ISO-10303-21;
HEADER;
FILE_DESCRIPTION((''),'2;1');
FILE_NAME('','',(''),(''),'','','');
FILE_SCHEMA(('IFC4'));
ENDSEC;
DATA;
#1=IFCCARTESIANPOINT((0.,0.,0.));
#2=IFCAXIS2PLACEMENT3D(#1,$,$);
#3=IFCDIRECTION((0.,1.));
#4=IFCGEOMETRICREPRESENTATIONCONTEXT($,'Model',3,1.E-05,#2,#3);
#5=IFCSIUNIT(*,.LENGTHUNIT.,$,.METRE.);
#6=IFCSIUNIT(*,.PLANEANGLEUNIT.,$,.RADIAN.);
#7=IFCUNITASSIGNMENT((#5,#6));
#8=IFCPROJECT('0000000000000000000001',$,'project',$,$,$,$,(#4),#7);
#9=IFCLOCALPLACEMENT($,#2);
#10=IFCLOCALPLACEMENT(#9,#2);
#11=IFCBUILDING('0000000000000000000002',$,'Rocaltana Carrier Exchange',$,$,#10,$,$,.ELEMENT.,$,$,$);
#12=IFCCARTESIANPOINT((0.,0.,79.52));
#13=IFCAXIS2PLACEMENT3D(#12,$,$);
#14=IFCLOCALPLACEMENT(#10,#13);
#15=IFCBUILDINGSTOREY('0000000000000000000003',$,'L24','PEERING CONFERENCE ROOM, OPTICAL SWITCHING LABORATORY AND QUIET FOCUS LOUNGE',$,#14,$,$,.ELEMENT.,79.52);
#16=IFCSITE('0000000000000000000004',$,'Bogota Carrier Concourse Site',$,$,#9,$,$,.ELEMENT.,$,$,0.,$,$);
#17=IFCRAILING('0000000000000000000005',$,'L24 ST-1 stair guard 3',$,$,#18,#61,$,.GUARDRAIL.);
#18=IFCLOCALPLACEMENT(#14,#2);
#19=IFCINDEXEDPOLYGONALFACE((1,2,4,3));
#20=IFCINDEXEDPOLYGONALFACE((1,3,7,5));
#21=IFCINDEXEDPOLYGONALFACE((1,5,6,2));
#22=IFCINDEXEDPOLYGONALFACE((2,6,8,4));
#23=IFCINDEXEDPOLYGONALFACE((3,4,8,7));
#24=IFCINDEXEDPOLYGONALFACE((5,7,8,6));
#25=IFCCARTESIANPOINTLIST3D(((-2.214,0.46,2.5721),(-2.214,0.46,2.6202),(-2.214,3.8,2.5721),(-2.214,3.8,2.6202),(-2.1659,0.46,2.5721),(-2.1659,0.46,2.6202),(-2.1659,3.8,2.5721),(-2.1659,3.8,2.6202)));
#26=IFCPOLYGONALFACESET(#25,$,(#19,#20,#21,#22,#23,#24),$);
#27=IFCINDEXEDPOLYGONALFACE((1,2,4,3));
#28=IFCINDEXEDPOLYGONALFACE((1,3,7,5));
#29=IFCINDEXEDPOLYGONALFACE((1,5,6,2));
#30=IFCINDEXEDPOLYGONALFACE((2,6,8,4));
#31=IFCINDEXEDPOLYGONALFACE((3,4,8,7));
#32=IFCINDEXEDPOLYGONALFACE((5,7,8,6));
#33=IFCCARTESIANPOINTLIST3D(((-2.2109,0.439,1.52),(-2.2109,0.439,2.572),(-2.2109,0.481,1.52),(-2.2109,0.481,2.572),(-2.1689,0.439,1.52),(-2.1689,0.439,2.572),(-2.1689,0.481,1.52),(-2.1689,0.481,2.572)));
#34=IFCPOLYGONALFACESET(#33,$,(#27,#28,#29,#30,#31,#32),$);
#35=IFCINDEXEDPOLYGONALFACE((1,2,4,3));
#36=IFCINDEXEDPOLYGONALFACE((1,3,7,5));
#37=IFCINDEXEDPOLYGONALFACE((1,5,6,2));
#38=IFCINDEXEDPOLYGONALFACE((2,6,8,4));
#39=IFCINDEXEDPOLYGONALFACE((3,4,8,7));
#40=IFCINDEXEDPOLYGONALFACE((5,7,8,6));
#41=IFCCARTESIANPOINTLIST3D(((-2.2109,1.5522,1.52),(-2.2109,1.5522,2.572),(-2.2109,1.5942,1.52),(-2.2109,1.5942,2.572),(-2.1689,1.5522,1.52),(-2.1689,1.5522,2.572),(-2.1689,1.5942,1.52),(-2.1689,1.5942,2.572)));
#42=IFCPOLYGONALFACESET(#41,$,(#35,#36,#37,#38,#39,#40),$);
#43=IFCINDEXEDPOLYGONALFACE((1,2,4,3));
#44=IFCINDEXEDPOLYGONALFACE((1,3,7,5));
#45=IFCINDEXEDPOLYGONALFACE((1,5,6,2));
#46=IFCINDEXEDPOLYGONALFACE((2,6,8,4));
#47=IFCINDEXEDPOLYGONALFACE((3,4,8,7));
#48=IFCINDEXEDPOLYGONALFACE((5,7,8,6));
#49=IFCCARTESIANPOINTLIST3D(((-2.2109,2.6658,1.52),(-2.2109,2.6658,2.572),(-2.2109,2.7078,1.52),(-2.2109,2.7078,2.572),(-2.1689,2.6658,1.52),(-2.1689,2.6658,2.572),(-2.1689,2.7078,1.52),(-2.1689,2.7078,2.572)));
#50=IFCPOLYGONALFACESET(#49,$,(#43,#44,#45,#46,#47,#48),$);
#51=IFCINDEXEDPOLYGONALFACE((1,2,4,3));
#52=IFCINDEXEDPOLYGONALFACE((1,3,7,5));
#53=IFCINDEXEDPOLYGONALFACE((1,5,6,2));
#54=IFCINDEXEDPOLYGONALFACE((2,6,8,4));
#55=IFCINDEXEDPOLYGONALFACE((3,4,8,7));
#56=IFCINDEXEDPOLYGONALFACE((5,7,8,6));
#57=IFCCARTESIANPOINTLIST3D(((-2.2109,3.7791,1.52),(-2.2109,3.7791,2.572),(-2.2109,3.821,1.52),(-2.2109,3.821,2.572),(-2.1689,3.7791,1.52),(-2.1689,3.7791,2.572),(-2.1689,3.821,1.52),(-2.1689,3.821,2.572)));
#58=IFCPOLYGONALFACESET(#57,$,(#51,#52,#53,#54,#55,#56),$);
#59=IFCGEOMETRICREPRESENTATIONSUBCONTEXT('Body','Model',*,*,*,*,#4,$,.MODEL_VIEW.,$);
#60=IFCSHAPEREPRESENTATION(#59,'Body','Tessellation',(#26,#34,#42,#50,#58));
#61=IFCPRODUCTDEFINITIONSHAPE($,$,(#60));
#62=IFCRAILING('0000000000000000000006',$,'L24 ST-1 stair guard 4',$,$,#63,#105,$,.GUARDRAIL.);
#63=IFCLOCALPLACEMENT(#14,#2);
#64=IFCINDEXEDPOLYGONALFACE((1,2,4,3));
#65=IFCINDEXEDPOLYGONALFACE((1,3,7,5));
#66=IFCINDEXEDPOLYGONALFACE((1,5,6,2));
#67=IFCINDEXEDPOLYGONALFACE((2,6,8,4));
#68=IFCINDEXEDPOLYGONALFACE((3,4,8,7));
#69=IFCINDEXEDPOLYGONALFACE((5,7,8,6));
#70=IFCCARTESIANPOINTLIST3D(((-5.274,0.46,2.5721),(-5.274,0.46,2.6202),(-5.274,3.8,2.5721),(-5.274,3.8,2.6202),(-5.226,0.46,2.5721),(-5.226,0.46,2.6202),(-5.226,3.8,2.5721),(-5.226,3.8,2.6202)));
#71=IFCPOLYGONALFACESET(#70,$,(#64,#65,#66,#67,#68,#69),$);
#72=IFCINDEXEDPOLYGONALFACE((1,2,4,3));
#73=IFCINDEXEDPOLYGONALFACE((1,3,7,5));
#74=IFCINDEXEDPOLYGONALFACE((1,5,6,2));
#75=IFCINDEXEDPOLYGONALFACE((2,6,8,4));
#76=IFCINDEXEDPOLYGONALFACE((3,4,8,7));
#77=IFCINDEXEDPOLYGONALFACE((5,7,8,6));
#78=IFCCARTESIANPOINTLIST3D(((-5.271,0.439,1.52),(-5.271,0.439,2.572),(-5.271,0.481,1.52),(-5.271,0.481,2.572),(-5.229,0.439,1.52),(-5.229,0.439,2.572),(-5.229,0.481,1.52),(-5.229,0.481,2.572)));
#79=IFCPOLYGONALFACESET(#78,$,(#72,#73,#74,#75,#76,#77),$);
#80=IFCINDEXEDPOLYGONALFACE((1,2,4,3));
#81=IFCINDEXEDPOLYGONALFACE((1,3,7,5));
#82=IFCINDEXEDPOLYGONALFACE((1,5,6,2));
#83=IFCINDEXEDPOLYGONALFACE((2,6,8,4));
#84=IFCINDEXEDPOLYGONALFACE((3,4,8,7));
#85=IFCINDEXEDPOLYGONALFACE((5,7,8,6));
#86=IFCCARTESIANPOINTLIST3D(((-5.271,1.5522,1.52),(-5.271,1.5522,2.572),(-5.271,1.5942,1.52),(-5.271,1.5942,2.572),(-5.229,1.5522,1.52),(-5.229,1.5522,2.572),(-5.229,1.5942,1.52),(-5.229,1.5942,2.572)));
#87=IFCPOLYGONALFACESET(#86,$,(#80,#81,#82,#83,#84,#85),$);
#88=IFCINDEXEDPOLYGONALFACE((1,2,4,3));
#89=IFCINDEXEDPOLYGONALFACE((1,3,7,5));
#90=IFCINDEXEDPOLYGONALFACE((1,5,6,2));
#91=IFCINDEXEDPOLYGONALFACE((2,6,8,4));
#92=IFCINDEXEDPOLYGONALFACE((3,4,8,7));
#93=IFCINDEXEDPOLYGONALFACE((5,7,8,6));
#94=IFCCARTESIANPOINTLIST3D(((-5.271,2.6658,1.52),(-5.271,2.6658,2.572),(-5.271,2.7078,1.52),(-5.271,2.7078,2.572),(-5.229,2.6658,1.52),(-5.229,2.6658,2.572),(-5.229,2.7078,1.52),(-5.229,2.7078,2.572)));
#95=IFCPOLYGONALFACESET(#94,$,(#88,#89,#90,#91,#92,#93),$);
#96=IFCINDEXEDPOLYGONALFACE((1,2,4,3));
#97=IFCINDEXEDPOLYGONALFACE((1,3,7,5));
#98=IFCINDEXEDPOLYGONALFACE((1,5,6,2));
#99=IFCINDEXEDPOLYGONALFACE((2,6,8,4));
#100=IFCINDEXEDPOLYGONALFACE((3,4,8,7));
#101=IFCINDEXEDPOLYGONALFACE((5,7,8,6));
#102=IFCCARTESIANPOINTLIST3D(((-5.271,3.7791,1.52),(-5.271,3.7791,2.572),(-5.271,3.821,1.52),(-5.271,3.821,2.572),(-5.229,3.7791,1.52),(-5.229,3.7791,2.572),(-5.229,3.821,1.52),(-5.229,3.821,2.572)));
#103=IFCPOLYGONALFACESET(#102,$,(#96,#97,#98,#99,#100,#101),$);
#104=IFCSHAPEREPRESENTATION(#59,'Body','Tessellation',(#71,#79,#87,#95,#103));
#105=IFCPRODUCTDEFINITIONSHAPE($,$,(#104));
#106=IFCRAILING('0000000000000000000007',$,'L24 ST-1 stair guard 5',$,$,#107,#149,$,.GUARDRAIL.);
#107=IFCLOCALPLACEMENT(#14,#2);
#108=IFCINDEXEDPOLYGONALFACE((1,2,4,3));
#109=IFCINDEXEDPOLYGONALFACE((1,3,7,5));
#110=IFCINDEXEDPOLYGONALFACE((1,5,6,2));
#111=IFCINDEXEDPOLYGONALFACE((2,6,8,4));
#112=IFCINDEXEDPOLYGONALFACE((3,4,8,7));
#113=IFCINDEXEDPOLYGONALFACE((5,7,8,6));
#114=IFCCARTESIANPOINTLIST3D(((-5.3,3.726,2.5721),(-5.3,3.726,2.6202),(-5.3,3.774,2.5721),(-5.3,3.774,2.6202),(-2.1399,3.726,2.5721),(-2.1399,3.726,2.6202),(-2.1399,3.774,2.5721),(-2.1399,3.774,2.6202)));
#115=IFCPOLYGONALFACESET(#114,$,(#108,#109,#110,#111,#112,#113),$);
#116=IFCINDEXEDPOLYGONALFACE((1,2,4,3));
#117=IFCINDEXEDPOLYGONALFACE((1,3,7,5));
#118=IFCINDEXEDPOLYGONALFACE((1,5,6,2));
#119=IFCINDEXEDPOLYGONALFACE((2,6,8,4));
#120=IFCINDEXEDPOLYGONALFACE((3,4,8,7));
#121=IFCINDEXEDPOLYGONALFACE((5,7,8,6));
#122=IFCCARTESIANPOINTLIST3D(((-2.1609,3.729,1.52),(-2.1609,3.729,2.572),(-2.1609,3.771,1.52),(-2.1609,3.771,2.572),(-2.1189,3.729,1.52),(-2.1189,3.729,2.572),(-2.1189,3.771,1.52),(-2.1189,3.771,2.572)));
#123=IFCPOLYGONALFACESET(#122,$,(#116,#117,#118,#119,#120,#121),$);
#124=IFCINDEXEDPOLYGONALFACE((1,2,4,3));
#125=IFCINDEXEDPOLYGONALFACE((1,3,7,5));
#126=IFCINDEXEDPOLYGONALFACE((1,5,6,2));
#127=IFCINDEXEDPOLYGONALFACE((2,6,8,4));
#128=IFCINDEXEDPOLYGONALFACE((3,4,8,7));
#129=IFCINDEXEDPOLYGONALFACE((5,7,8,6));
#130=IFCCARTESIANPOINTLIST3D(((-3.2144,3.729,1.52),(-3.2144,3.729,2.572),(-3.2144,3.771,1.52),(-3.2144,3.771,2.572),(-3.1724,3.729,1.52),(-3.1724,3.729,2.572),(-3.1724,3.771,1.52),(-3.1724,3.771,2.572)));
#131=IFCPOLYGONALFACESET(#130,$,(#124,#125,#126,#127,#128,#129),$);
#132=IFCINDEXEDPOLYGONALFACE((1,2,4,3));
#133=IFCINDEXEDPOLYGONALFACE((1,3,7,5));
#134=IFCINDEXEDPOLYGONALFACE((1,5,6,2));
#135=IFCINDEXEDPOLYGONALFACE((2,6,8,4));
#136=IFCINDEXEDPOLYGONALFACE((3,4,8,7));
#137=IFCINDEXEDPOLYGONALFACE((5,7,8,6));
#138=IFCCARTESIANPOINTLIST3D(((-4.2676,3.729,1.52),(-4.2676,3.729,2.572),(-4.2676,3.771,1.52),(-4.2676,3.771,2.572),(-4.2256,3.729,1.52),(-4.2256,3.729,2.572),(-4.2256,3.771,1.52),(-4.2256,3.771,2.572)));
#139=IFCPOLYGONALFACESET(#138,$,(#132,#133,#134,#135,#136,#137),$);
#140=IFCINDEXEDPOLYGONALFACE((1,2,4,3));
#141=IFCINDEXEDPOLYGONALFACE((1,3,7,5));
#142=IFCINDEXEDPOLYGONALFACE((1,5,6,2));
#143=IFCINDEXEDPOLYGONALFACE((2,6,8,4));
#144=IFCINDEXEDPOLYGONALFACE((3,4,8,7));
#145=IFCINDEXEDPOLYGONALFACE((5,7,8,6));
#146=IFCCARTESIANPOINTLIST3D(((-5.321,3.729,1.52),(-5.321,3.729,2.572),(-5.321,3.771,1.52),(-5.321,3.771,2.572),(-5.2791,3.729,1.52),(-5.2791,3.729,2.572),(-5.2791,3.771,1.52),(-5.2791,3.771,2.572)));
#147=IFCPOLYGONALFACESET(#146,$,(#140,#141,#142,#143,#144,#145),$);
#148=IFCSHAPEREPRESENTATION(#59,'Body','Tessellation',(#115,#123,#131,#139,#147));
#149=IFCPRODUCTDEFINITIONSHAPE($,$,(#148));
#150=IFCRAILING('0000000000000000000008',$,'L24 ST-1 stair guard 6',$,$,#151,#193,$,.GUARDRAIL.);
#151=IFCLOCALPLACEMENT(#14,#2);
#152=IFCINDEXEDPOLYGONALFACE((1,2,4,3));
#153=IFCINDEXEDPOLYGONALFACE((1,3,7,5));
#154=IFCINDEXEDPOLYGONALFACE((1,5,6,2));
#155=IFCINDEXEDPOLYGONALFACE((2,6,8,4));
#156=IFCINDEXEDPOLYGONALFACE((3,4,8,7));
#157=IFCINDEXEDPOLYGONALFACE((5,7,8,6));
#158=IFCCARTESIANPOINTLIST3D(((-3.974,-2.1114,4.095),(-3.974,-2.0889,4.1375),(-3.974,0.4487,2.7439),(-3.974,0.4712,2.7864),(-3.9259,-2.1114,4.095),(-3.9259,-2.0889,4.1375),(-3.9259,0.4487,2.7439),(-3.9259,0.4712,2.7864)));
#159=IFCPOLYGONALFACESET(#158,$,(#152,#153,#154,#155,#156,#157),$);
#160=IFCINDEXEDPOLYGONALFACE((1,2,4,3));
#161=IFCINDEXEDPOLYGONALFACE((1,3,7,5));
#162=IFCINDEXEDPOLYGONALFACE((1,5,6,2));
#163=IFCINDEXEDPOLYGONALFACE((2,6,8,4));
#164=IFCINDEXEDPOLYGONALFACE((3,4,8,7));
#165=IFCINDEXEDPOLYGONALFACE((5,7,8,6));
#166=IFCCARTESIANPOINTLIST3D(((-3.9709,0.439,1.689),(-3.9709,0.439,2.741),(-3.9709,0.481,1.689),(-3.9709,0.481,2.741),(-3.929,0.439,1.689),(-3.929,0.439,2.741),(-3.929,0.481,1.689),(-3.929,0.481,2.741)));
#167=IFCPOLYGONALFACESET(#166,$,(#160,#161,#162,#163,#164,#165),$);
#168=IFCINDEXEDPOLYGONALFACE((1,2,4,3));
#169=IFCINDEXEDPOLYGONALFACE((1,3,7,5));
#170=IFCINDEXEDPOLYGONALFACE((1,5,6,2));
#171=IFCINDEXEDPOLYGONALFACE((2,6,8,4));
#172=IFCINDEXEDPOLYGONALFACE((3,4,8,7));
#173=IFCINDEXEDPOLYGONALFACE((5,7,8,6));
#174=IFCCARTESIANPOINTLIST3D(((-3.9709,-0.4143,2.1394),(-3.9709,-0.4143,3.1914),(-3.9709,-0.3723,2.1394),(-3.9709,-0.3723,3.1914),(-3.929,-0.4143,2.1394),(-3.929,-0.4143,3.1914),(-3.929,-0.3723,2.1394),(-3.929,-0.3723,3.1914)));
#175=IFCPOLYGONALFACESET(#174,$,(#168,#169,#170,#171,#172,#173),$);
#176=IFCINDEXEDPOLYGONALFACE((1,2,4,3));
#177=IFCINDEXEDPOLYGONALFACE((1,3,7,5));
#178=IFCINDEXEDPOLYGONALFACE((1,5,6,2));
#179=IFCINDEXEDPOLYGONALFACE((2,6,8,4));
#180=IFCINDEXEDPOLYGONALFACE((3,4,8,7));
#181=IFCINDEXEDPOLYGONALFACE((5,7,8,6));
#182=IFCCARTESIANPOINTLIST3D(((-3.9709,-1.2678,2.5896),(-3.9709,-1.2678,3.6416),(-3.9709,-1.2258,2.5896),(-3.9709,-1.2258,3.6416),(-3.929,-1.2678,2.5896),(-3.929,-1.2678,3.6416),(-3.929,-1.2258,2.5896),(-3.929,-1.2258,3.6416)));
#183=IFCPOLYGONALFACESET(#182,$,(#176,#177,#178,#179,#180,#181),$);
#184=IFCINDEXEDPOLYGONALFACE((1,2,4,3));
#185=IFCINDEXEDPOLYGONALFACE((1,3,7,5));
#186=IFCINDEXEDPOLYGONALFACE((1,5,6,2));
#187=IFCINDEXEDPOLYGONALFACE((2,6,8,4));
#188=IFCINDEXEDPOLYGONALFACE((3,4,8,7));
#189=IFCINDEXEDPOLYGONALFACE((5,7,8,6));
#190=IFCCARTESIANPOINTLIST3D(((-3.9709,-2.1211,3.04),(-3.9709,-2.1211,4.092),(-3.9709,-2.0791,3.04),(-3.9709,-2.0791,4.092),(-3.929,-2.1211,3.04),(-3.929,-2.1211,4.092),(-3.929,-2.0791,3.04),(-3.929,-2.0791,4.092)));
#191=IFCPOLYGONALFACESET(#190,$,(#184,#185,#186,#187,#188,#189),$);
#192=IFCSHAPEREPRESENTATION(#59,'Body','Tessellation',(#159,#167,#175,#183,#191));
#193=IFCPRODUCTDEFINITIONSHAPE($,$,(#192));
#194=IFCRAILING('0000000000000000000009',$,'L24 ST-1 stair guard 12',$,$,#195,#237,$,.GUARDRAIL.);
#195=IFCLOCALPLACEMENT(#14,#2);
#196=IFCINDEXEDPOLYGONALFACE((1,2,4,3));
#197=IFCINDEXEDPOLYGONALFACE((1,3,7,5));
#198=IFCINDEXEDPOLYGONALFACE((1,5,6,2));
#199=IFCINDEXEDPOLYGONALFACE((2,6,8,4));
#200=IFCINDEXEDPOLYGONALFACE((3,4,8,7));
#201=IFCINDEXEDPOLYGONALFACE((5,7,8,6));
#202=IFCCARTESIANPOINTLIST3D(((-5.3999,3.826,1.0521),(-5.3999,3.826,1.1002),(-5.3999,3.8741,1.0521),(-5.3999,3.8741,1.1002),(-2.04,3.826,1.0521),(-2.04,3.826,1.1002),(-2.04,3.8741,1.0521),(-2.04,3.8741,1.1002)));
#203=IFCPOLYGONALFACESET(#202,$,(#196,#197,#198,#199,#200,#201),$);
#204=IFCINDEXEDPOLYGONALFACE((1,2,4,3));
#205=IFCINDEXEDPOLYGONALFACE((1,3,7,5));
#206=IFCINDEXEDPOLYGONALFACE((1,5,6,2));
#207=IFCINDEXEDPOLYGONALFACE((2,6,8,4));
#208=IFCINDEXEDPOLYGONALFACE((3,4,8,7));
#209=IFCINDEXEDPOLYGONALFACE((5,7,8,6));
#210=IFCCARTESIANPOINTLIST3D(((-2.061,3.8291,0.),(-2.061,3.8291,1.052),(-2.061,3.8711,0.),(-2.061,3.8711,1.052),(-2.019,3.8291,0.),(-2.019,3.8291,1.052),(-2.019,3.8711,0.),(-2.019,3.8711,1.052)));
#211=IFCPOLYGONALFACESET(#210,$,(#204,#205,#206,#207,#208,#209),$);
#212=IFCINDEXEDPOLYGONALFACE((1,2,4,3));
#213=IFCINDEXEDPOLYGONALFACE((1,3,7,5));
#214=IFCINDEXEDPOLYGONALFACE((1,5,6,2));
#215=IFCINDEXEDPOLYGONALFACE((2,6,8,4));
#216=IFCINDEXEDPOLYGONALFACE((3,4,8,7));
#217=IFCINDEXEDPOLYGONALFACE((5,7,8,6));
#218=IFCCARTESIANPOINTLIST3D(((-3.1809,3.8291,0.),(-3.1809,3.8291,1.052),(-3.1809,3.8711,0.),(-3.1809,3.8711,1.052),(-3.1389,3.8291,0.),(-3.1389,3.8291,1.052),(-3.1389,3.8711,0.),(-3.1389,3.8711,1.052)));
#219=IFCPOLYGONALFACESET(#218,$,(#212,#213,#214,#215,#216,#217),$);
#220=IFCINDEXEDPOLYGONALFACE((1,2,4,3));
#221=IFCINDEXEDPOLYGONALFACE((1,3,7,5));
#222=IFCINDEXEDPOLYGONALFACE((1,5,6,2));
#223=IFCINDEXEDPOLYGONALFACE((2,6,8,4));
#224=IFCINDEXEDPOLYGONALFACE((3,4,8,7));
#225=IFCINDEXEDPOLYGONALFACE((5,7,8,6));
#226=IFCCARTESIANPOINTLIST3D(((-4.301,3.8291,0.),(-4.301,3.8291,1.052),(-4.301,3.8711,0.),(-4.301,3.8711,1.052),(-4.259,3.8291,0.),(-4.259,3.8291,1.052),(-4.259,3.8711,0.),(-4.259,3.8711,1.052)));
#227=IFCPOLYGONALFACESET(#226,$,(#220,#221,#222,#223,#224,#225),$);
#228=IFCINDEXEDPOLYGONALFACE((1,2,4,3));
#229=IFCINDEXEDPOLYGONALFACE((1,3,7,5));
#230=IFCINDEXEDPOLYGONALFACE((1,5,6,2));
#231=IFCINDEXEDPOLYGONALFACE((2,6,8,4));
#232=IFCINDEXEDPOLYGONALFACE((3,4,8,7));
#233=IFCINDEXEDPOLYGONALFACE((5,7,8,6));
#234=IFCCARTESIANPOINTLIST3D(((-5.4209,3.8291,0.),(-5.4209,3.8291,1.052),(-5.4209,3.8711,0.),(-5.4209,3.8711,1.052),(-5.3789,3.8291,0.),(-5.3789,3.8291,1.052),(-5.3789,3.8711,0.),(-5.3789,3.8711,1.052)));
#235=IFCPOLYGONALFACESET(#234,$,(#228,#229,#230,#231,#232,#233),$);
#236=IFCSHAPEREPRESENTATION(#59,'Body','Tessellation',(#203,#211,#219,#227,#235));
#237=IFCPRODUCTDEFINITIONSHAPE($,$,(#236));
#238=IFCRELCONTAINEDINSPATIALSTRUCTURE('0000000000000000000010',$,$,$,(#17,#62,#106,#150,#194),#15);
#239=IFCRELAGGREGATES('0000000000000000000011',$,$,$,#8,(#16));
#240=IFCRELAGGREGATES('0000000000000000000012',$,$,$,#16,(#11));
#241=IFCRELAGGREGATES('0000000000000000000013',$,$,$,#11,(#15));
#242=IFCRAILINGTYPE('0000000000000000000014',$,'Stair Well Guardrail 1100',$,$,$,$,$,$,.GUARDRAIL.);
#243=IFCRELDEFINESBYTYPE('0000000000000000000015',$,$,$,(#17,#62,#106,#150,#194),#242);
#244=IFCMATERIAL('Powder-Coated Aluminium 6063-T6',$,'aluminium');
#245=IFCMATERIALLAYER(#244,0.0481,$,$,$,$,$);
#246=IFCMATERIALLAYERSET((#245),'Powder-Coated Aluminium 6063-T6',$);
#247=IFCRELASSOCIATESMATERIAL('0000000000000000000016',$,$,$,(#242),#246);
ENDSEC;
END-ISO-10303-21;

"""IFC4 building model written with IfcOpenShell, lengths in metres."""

from ifc_helpers import new_model, si_unit, direction, frame, origin, origin_2d, place, context, subcontext, project, spatial, rectangle, extrude, material, layer, layer_set, type_object, element, save


model = new_model("IFC4")

# Units and contexts
model_context = context("Model", 3, precision=1e-05, world=origin(), true_north=direction((0.0, 1.0)))
body_context = subcontext(model_context, "Body", "Model", "MODEL_VIEW")
ifc_project = project(units=[si_unit("LENGTHUNIT", "METRE"), si_unit("PLANEANGLEUNIT", "RADIAN")], contexts=[model_context])

# Site, building, storey
site_placement = place(None, origin())
site = spatial("IfcSite", under=ifc_project, at=site_placement, Name="Bogota Carrier Concourse Site", CompositionType="ELEMENT", RefElevation=0.0)
building_placement = place(site_placement, origin())
building = spatial("IfcBuilding", under=site, at=building_placement, Name="Rocaltana Carrier Exchange", CompositionType="ELEMENT")
storey_placement = place(building_placement, frame((0.0, 0.0, 79.52)))
storey = spatial("IfcBuildingStorey", under=building, at=storey_placement, Name="L24", Description="PEERING CONFERENCE ROOM, OPTICAL SWITCHING LABORATORY AND QUIET FOCUS LOUNGE", CompositionType="ELEMENT", Elevation=79.52)

# Railings
ifc_material_1 = material(Name="Powder-Coated Aluminium 6063-T6", Category="aluminium")
ifc_layer_1 = layer(ifc_material_1, 0.0481)
ifc_layer_set_1 = layer_set([ifc_layer_1], Name="Powder-Coated Aluminium 6063-T6")
railing_type_1 = type_object("IfcRailingType", Name="Stair Well Guardrail 1100", PredefinedType="GUARDRAIL", material=ifc_layer_set_1)
for number, where, name in (
    (1, (-2.1899, 0.46, 1.52), "L24 ST-1 stair guard 3"),
    (2, (-5.25, 0.46, 1.52), "L24 ST-1 stair guard 4"),
):
    element("IfcRailing", number, at=place(storey_placement, frame(where)), inside=storey, type_object=railing_type_1, Name=name, PredefinedType="GUARDRAIL", context=body_context, shape_type="SweptSolid", body=[
        extrude(rectangle(XDim=0.0481, YDim=0.0481, at=origin_2d()), frame((0.0, 0.0, 1.0762), z_axis=(0.0, 1.0, 0.0), x_axis=(-1.0, 0.0, 0.0)), (0.0, 0.0, 1.0), 3.3401),
        extrude(rectangle(XDim=0.042, YDim=0.042, at=origin_2d()), origin(), (0.0, 0.0, 1.0), 1.052),
        extrude(rectangle(XDim=0.042, YDim=0.042, at=origin_2d()), frame((0.0, 1.1133, 0.0)), (0.0, 0.0, 1.0), 1.052),
        extrude(rectangle(XDim=0.042, YDim=0.042, at=origin_2d()), frame((0.0, 2.2268, 0.0)), (0.0, 0.0, 1.0), 1.052),
        extrude(rectangle(XDim=0.042, YDim=0.042, at=origin_2d()), frame((0.0, 3.3401, 0.0)), (0.0, 0.0, 1.0), 1.052),
    ])
railing_1_placement = place(storey_placement, frame((-2.1399, 3.75, 1.52)))
element("IfcRailing", 3, at=railing_1_placement, inside=storey, type_object=railing_type_1, Name="L24 ST-1 stair guard 5", PredefinedType="GUARDRAIL", context=body_context, shape_type="SweptSolid", body=[
    extrude(rectangle(XDim=0.0481, YDim=0.0481, at=origin_2d()), frame((0.0, 0.0, 1.0762), z_axis=(-1.0, 0.0, 0.0), x_axis=(0.0, -1.0, 0.0)), (0.0, 0.0, 1.0), 3.1602),
    extrude(rectangle(XDim=0.042, YDim=0.042, at=origin_2d()), origin(), (0.0, 0.0, 1.0), 1.052),
    extrude(rectangle(XDim=0.042, YDim=0.042, at=origin_2d()), frame((-1.0535, 0.0, 0.0)), (0.0, 0.0, 1.0), 1.052),
    extrude(rectangle(XDim=0.042, YDim=0.042, at=origin_2d()), frame((-2.1067, 0.0, 0.0)), (0.0, 0.0, 1.0), 1.052),
    extrude(rectangle(XDim=0.042, YDim=0.042, at=origin_2d()), frame((-3.1602, 0.0, 0.0)), (0.0, 0.0, 1.0), 1.052),
])
railing_2_placement = place(storey_placement, frame((-3.95, 0.46, 1.689)))
element("IfcRailing", 4, at=railing_2_placement, inside=storey, type_object=railing_type_1, Name="L24 ST-1 stair guard 6", PredefinedType="GUARDRAIL", context=body_context, shape_type="SweptSolid", body=[
    extrude(rectangle(XDim=0.0481, YDim=0.0481, at=origin_2d()), frame((0.0, 0.0, 1.0762), z_axis=(0.0, -0.884394, 0.46674), x_axis=(1.0, 0.0, 0.0)), (0.0, 0.0, 1.0), 2.8948),
    extrude(rectangle(XDim=0.042, YDim=0.042, at=origin_2d()), origin(), (0.0, 0.0, 1.0), 1.052),
    extrude(rectangle(XDim=0.042, YDim=0.042, at=origin_2d()), frame((0.0, -0.8533, 0.4504)), (0.0, 0.0, 1.0), 1.052),
    extrude(rectangle(XDim=0.042, YDim=0.042, at=origin_2d()), frame((0.0, -1.7068, 0.9006)), (0.0, 0.0, 1.0), 1.052),
    extrude(rectangle(XDim=0.042, YDim=0.042, at=origin_2d()), frame((0.0, -2.5601, 1.3511)), (0.0, 0.0, 1.0), 1.052),
])
railing_3_placement = place(storey_placement, frame((-2.04, 3.8501, 0.0)))
element("IfcRailing", 5, at=railing_3_placement, inside=storey, type_object=railing_type_1, Name="L24 ST-1 stair guard 12", PredefinedType="GUARDRAIL", context=body_context, shape_type="SweptSolid", body=[
    extrude(rectangle(XDim=0.0481, YDim=0.0481, at=origin_2d()), frame((0.0, 0.0, 1.0762), z_axis=(-1.0, 0.0, 0.0), x_axis=(0.0, -1.0, 0.0)), (0.0, 0.0, 1.0), 3.3599),
    extrude(rectangle(XDim=0.042, YDim=0.042, at=origin_2d()), origin(), (0.0, 0.0, 1.0), 1.052),
    extrude(rectangle(XDim=0.042, YDim=0.042, at=origin_2d()), frame((-1.1199, 0.0, 0.0)), (0.0, 0.0, 1.0), 1.052),
    extrude(rectangle(XDim=0.042, YDim=0.042, at=origin_2d()), frame((-2.24, 0.0, 0.0)), (0.0, 0.0, 1.0), 1.052),
    extrude(rectangle(XDim=0.042, YDim=0.042, at=origin_2d()), frame((-3.3599, 0.0, 0.0)), (0.0, 0.0, 1.0), 1.052),
])

save(model, "model.ifc")
